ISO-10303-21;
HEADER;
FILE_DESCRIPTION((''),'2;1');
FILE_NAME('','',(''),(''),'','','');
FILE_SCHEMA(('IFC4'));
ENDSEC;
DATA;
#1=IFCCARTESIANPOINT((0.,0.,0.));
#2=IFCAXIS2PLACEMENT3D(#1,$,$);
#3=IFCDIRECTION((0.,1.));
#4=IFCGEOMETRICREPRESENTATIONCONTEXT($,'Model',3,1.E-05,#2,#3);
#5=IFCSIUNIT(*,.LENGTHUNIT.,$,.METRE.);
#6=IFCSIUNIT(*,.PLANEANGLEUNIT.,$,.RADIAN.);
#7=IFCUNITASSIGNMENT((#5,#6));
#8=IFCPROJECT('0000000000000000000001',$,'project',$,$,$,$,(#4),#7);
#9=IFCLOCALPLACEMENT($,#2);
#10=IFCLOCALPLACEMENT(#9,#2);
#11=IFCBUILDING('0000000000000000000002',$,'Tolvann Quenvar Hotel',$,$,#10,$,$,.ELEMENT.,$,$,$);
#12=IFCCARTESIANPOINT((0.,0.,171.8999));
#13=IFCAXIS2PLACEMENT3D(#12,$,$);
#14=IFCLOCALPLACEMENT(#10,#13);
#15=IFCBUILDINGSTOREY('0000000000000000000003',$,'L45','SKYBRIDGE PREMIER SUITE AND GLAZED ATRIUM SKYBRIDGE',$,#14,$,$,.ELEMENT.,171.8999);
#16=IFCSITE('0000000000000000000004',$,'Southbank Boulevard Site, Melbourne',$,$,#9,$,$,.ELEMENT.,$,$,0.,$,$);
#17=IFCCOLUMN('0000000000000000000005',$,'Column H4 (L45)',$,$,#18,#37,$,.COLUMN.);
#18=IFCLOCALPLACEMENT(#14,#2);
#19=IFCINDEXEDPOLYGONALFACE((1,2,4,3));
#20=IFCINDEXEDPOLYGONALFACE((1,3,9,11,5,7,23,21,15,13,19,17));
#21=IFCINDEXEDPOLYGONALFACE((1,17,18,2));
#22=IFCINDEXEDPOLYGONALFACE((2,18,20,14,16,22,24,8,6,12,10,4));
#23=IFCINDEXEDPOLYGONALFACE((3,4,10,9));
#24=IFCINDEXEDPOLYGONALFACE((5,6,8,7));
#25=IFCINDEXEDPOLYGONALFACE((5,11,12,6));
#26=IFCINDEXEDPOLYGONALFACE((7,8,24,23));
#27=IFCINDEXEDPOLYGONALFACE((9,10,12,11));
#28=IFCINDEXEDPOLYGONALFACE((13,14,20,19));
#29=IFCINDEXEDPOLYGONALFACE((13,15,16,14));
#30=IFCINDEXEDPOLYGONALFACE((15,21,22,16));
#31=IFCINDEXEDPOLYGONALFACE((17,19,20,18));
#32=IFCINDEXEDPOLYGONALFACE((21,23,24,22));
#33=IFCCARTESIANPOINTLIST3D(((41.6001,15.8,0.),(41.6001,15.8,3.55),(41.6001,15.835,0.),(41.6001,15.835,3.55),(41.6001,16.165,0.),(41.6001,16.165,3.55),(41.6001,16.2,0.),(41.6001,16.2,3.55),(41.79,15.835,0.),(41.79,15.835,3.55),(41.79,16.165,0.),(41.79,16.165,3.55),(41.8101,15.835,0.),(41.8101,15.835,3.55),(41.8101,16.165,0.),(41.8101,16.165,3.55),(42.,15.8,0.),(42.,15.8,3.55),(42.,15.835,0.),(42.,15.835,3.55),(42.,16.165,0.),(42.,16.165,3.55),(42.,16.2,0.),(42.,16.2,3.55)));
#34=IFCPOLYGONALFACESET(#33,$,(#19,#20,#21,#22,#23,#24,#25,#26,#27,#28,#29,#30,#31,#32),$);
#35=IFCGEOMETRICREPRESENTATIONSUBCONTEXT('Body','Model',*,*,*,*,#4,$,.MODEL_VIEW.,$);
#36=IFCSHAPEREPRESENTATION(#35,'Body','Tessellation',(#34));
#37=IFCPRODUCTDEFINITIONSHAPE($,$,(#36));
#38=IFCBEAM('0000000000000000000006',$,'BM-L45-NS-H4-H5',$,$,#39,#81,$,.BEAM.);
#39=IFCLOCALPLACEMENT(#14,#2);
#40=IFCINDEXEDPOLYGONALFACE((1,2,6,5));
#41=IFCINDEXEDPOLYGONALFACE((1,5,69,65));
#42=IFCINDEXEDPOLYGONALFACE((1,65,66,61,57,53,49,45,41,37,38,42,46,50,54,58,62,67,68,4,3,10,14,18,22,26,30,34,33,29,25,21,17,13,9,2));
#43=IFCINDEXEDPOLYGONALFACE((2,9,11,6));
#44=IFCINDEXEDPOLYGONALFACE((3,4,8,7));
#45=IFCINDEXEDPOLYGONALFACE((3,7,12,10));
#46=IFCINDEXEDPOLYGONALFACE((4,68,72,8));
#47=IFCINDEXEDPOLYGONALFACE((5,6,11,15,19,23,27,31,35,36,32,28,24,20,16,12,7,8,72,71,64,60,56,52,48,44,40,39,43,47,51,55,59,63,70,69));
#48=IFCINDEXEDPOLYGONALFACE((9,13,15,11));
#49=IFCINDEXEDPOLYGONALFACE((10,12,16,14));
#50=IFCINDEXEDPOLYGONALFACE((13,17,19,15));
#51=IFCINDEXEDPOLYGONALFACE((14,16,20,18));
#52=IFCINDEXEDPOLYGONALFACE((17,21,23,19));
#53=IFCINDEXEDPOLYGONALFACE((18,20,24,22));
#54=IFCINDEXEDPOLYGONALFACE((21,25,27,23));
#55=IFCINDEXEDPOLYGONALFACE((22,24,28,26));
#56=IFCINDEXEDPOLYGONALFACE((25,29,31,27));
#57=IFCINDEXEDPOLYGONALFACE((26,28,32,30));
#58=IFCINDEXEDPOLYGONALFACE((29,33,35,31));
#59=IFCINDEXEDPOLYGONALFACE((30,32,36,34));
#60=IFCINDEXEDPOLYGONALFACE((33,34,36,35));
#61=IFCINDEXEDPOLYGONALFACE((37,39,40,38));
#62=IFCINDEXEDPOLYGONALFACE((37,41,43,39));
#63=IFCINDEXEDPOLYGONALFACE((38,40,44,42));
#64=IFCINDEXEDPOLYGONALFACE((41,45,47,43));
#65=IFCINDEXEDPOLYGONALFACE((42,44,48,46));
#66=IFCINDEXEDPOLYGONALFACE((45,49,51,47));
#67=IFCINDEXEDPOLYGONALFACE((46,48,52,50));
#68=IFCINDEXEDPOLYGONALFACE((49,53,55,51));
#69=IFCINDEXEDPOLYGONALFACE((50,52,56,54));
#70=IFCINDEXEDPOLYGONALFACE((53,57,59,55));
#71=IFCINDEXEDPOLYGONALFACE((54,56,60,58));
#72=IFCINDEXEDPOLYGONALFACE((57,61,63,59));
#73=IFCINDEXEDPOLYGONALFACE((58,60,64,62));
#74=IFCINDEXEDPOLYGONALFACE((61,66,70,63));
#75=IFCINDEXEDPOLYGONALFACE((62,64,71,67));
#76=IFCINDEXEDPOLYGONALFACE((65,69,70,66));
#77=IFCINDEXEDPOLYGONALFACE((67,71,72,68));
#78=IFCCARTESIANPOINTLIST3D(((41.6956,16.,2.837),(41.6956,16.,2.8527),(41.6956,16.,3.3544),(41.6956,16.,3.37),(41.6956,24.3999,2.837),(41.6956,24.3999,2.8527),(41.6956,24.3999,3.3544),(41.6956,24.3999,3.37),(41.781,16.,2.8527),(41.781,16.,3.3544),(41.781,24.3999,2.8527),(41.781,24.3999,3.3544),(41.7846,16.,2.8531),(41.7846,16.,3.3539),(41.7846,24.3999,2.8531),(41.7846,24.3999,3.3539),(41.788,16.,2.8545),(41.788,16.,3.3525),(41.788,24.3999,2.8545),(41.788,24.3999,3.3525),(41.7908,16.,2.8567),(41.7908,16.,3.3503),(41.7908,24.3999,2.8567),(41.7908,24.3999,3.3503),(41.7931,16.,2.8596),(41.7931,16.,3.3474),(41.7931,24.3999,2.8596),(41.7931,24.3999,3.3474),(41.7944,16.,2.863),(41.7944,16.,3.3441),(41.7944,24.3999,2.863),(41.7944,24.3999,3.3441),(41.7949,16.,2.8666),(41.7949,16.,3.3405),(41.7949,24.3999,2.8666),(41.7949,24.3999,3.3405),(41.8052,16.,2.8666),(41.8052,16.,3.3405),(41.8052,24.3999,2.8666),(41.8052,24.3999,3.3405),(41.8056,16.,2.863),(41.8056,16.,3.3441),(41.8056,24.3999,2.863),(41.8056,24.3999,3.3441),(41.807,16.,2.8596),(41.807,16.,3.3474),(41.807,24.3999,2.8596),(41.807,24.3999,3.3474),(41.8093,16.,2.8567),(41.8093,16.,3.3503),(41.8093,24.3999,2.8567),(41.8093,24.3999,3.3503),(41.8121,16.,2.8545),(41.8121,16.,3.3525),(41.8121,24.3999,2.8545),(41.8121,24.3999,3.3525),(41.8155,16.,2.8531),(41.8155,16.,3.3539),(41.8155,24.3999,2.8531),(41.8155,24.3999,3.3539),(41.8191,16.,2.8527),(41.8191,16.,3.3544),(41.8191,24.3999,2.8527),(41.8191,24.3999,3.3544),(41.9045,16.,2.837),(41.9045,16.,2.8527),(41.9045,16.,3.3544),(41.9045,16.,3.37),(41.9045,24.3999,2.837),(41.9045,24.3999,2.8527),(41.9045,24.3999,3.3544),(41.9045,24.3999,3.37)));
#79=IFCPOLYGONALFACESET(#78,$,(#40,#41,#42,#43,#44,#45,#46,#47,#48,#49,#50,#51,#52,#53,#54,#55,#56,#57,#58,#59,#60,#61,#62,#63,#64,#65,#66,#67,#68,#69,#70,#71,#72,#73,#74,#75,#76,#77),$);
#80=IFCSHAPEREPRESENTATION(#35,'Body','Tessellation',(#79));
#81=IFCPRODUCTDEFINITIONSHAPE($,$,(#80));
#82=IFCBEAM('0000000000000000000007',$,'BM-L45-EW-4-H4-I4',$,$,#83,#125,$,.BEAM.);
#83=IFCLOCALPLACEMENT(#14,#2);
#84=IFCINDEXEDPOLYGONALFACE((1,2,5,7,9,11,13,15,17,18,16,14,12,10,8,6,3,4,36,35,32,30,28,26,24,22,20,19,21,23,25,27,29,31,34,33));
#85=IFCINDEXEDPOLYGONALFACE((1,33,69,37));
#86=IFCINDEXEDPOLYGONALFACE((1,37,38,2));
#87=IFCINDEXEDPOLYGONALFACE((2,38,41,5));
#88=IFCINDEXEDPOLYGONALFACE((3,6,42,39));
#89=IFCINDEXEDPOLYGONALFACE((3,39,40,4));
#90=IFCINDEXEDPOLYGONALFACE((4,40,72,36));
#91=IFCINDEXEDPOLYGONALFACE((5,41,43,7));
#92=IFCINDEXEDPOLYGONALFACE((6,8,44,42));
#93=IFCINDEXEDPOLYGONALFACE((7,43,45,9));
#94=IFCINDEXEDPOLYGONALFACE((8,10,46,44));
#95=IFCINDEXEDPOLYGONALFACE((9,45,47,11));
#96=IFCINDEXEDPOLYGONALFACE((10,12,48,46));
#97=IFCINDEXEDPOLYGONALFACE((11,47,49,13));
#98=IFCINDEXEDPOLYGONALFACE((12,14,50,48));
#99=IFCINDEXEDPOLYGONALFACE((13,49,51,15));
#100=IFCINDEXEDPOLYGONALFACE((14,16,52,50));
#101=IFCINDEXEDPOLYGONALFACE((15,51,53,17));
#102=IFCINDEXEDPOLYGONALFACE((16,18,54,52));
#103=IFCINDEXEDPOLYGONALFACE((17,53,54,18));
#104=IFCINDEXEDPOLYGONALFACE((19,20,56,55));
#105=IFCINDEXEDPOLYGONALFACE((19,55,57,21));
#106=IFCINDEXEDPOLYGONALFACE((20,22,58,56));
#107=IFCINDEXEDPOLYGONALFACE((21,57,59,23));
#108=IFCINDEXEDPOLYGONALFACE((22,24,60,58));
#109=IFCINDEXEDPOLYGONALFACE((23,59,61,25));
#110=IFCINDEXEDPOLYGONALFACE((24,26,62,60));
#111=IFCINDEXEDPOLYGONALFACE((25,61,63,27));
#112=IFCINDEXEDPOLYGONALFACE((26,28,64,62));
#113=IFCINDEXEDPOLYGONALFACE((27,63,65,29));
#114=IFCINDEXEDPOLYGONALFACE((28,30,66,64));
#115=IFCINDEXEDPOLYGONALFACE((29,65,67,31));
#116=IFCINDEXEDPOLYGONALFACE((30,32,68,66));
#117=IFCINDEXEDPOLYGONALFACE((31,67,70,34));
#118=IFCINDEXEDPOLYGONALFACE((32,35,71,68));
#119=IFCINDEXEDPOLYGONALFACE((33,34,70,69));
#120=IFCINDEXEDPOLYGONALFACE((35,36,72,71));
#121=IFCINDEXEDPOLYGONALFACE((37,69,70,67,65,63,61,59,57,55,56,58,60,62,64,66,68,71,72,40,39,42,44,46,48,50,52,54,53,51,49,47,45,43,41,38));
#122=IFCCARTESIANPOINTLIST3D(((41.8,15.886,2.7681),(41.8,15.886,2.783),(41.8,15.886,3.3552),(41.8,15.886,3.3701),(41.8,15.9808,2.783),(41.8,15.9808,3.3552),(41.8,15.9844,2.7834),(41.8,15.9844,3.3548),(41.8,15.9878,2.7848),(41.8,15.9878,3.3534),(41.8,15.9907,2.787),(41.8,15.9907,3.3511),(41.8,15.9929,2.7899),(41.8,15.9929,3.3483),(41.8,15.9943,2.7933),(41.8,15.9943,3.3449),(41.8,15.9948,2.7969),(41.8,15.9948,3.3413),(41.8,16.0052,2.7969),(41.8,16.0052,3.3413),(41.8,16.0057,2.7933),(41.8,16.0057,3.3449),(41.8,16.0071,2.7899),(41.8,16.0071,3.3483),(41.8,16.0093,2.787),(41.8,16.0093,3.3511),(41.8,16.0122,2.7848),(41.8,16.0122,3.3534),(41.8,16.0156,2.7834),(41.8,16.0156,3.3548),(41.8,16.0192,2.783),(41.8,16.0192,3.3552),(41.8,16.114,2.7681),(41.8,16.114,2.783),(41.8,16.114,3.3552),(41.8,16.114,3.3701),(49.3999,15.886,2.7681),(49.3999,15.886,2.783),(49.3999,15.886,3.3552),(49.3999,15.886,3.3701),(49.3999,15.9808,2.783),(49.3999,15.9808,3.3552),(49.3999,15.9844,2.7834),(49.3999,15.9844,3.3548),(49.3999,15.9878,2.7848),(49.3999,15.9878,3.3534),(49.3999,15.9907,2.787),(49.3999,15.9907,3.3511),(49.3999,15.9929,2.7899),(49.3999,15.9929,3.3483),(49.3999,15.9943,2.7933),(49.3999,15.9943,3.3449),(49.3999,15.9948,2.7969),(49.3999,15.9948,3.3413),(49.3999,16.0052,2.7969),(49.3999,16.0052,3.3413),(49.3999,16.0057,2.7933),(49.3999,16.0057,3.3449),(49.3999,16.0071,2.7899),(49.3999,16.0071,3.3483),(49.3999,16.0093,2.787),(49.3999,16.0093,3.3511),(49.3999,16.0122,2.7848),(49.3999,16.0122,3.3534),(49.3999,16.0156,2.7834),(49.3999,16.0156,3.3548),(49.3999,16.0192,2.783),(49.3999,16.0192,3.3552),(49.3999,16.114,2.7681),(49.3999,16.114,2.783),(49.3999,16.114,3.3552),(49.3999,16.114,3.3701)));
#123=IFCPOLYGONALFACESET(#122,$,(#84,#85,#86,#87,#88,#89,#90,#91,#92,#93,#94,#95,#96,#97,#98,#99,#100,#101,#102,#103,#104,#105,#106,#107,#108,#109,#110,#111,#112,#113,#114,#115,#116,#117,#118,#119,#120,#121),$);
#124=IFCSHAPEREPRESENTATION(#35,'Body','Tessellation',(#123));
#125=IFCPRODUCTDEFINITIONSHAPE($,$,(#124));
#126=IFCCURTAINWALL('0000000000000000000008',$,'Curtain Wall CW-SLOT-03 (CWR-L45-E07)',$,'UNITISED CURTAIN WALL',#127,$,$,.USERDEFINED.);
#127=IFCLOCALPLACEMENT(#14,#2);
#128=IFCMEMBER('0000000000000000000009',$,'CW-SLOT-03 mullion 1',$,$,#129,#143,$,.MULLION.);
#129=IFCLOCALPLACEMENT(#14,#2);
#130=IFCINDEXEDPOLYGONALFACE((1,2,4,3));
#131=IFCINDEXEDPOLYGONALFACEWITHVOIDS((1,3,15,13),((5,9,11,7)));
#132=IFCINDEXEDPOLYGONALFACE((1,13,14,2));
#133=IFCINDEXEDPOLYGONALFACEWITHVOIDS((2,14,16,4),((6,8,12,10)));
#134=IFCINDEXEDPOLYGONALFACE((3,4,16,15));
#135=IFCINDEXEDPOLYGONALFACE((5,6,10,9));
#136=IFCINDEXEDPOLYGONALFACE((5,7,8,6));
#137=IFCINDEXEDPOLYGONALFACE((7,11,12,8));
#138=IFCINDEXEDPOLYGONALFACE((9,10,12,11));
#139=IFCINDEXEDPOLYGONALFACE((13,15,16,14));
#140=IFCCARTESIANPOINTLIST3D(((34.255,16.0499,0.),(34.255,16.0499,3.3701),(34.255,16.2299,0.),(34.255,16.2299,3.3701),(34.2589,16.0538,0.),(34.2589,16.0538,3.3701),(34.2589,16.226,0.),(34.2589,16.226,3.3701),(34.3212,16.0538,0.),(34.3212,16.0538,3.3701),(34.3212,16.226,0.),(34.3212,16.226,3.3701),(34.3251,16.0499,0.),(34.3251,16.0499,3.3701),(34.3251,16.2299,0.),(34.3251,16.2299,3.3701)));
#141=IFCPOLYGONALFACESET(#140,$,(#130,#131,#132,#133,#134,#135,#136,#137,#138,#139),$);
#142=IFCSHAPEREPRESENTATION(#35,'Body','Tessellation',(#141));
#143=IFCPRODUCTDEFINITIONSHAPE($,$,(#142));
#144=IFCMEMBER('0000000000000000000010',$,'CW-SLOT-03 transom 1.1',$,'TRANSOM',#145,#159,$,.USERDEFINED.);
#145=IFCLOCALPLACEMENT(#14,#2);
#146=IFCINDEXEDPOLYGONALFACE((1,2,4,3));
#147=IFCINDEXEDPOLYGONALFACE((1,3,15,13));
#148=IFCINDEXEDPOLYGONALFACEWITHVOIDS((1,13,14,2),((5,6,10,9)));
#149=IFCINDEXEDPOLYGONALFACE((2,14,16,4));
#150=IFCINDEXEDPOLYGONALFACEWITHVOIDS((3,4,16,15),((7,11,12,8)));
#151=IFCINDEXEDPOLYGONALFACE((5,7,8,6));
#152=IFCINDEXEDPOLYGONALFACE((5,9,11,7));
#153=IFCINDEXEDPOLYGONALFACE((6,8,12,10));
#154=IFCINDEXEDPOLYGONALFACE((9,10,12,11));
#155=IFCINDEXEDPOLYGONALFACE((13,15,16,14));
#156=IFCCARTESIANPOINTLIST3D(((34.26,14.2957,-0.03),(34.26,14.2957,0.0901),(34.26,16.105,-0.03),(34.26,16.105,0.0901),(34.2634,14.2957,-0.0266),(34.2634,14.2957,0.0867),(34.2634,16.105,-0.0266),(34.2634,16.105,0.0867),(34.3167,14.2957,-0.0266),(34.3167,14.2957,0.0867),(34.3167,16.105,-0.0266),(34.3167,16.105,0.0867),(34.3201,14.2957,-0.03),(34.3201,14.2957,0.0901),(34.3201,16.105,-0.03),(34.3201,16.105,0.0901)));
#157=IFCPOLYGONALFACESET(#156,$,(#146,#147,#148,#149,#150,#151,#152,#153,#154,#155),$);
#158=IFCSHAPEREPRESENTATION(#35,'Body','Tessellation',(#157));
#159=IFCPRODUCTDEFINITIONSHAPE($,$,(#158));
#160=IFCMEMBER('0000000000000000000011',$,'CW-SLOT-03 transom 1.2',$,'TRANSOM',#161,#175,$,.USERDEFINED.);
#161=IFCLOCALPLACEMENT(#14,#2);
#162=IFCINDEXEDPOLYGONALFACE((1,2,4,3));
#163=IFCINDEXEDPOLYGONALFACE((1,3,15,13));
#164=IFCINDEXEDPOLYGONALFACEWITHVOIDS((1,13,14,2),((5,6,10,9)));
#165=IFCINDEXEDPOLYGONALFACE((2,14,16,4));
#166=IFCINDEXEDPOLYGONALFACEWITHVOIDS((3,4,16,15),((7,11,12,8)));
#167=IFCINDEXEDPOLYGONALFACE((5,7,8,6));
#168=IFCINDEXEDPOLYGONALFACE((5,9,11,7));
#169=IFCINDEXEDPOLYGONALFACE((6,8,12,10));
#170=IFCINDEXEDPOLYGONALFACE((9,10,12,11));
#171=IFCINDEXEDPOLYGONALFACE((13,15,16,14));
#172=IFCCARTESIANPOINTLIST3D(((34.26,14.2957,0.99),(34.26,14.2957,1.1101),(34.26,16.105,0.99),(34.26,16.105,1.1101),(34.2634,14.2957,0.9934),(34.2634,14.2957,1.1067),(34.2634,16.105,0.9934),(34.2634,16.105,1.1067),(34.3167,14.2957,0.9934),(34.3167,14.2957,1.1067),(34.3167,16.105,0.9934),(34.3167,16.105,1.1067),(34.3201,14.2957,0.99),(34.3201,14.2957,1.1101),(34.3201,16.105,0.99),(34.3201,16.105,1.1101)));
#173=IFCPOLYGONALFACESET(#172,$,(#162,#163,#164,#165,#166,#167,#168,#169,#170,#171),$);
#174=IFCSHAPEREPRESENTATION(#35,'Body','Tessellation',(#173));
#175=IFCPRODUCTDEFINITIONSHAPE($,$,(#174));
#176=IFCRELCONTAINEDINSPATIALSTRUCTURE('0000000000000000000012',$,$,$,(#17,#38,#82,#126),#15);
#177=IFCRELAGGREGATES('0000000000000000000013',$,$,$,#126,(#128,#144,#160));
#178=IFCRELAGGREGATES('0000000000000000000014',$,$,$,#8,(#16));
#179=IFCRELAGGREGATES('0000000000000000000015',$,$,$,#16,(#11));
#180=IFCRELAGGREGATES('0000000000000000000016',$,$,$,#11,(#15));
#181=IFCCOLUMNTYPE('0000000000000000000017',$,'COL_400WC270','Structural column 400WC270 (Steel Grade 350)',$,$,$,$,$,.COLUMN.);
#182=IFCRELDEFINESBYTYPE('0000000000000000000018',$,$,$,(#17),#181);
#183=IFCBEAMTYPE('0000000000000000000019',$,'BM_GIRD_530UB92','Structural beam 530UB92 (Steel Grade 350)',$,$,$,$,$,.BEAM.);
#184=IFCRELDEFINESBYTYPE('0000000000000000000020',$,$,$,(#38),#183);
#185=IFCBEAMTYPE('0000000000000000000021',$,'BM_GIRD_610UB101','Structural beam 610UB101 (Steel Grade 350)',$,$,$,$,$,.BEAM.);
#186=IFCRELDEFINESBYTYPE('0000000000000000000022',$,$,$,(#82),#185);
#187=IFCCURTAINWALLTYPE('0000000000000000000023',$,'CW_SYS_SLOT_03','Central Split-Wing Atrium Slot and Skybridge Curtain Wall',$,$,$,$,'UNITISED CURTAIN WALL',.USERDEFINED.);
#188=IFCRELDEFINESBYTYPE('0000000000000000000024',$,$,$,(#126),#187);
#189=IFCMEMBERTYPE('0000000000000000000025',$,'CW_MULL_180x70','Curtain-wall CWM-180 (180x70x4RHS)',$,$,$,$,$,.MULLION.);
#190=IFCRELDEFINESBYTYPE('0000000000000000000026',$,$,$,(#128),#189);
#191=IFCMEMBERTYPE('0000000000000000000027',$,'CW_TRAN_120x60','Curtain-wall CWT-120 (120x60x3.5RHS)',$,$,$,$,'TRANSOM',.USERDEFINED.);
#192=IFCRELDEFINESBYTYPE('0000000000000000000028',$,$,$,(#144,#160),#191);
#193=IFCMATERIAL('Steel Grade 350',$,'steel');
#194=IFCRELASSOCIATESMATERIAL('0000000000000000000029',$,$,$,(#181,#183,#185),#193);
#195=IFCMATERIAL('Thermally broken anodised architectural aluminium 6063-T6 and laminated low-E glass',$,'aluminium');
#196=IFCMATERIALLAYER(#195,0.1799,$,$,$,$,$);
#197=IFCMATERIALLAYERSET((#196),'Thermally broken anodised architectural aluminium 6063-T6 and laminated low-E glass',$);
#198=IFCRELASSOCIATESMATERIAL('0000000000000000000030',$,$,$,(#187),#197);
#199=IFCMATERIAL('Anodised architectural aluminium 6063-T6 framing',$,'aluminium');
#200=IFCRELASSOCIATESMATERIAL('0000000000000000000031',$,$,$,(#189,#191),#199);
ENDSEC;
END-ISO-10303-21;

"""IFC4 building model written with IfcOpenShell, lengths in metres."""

from ifc_helpers import new_model, si_unit, direction, frame, origin, origin_2d, place, context, subcontext, project, spatial, hollow_rectangle, i_section, extrude, source, transform, mapped, material, layer, layer_set, material_profile, profile_set, type_object, type_shapes, element, aggregate, save


model = new_model("IFC4")

# Units and contexts
model_context = context("Model", 3, precision=1e-05, world=origin(), true_north=direction((0.0, 1.0)))
body_context = subcontext(model_context, "Body", "Model", "MODEL_VIEW")
ifc_project = project(units=[si_unit("LENGTHUNIT", "METRE"), si_unit("PLANEANGLEUNIT", "RADIAN")], contexts=[model_context])

# Site, building, storey
site_placement = place(None, origin())
site = spatial("IfcSite", under=ifc_project, at=site_placement, Name="Southbank Boulevard Site, Melbourne", CompositionType="ELEMENT", RefElevation=0.0)
building_placement = place(site_placement, origin())
building = spatial("IfcBuilding", under=site, at=building_placement, Name="Tolvann Quenvar Hotel", CompositionType="ELEMENT")
storey_placement = place(building_placement, frame((0.0, 0.0, 171.8999)))
storey = spatial("IfcBuildingStorey", under=building, at=storey_placement, Name="L45", Description="SKYBRIDGE PREMIER SUITE AND GLAZED ATRIUM SKYBRIDGE", CompositionType="ELEMENT", Elevation=171.8999)

# Column
ifc_material_1 = material(Name="Steel Grade 350", Category="steel")
ifc_material_profile_1 = material_profile(ifc_material_1, i_section(OverallWidth=0.3999, OverallDepth=0.3999, WebThickness=0.02, FlangeThickness=0.0349, at=origin_2d()), Name="400WC270")
ifc_profile_set_1 = profile_set([ifc_material_profile_1], Name="Steel Grade 350")
column_type = type_object("IfcColumnType", Name="COL_400WC270", Description="Structural column 400WC270 (Steel Grade 350)", PredefinedType="COLUMN", material=ifc_profile_set_1)
shared_shape_1 = source(origin(), body_context, "Body", "SweptSolid", [
    extrude(i_section(OverallWidth=0.3999, OverallDepth=0.3999, WebThickness=0.02, FlangeThickness=0.0349, at=origin_2d()), origin(), (0.0, 0.0, 1.0), 3.55),
])
type_shapes(column_type, [shared_shape_1])
column_placement = place(storey_placement, frame((41.8, 16.0, 0.0), z_axis=(0.0, 0.0, 1.0), x_axis=(1.0, 0.0, 0.0)))
element("IfcColumn", 1, at=column_placement, inside=storey, type_object=column_type, Name="Column H4 (L45)", PredefinedType="COLUMN", context=body_context, shape_type="MappedRepresentation", body=[
    mapped(shared_shape_1, transform((0.0, 0.0, 0.0), x_axis=(1.0, 0.0, 0.0), y_axis=(0.0, 1.0, 0.0), z_axis=(0.0, 0.0, 1.0), scale=1.0)),
])

# Beams
ifc_material_profile_2 = material_profile(ifc_material_1, i_section(OverallWidth=0.209, OverallDepth=0.533, WebThickness=0.0103, FlangeThickness=0.0156, FilletRadius=0.0139, at=origin_2d()), Name="530UB92")
ifc_profile_set_2 = profile_set([ifc_material_profile_2], Name="Steel Grade 350")
beam_type_1 = type_object("IfcBeamType", Name="BM_GIRD_530UB92", Description="Structural beam 530UB92 (Steel Grade 350)", PredefinedType="BEAM", material=ifc_profile_set_2)
shared_shape_2 = source(origin(), body_context, "Body", "SweptSolid", [
    extrude(i_section(OverallWidth=0.209, OverallDepth=0.533, WebThickness=0.0103, FlangeThickness=0.0156, FilletRadius=0.0139, at=origin_2d()), origin(), (0.0, 0.0, 1.0), 8.3999),
])
type_shapes(beam_type_1, [shared_shape_2])
beam_1_placement = place(storey_placement, frame((41.8, 16.0, 3.1035), z_axis=(0.0, 1.0, 0.0), x_axis=(-1.0, 0.0, 0.0)))
element("IfcBeam", 2, at=beam_1_placement, inside=storey, type_object=beam_type_1, Name="BM-L45-NS-H4-H5", PredefinedType="BEAM", context=body_context, shape_type="MappedRepresentation", body=[
    mapped(shared_shape_2, transform((0.0, 0.0, 0.0), x_axis=(1.0, 0.0, 0.0), y_axis=(0.0, 1.0, 0.0), z_axis=(0.0, 0.0, 1.0), scale=1.0)),
])
ifc_material_profile_3 = material_profile(ifc_material_1, i_section(OverallWidth=0.228, OverallDepth=0.6021, WebThickness=0.0105, FlangeThickness=0.0149, FilletRadius=0.0139, at=origin_2d()), Name="610UB101")
ifc_profile_set_3 = profile_set([ifc_material_profile_3], Name="Steel Grade 350")
beam_type_2 = type_object("IfcBeamType", Name="BM_GIRD_610UB101", Description="Structural beam 610UB101 (Steel Grade 350)", PredefinedType="BEAM", material=ifc_profile_set_3)
shared_shape_3 = source(origin(), body_context, "Body", "SweptSolid", [
    extrude(i_section(OverallWidth=0.228, OverallDepth=0.6021, WebThickness=0.0105, FlangeThickness=0.0149, FilletRadius=0.0139, at=origin_2d()), origin(), (0.0, 0.0, 1.0), 7.5999),
])
type_shapes(beam_type_2, [shared_shape_3])
beam_2_placement = place(storey_placement, frame((41.8, 16.0, 3.0691), z_axis=(1.0, 0.0, 0.0), x_axis=(0.0, 1.0, 0.0)))
element("IfcBeam", 3, at=beam_2_placement, inside=storey, type_object=beam_type_2, Name="BM-L45-EW-4-H4-I4", PredefinedType="BEAM", context=body_context, shape_type="MappedRepresentation", body=[
    mapped(shared_shape_3, transform((0.0, 0.0, 0.0), x_axis=(1.0, 0.0, 0.0), y_axis=(0.0, 1.0, 0.0), z_axis=(0.0, 0.0, 1.0), scale=1.0)),
])

# Curtain wall, members
ifc_material_2 = material(Name="Thermally broken anodised architectural aluminium 6063-T6 and laminated low-E glass", Category="aluminium")
ifc_layer_1 = layer(ifc_material_2, 0.1799)
ifc_layer_set_1 = layer_set([ifc_layer_1], Name="Thermally broken anodised architectural aluminium 6063-T6 and laminated low-E glass")
curtain_wall_type = type_object("IfcCurtainWallType", Name="CW_SYS_SLOT_03", Description="Central Split-Wing Atrium Slot and Skybridge Curtain Wall", ElementType="UNITISED CURTAIN WALL", PredefinedType="USERDEFINED", material=ifc_layer_set_1)
curtain_wall_placement = place(storey_placement, origin())
curtain_wall = element("IfcCurtainWall", 4, at=curtain_wall_placement, inside=storey, type_object=curtain_wall_type, Name="Curtain Wall CW-SLOT-03 (CWR-L45-E07)", ObjectType="UNITISED CURTAIN WALL", PredefinedType="USERDEFINED")
ifc_material_3 = material(Name="Anodised architectural aluminium 6063-T6 framing", Category="aluminium")
ifc_material_profile_4 = material_profile(ifc_material_3, hollow_rectangle(XDim=0.0701, YDim=0.1799, WallThickness=0.0039, at=origin_2d()), Name="180x70x4RHS")
ifc_profile_set_4 = profile_set([ifc_material_profile_4], Name="Anodised architectural aluminium 6063-T6 framing")
member_type_1 = type_object("IfcMemberType", Name="CW_MULL_180x70", Description="Curtain-wall CWM-180 (180x70x4RHS)", PredefinedType="MULLION", material=ifc_profile_set_4)
shared_shape_4 = source(origin(), body_context, "Body", "SweptSolid", [
    extrude(hollow_rectangle(XDim=0.0701, YDim=0.1799, WallThickness=0.0039, at=origin_2d()), origin(), (0.0, 0.0, 1.0), 3.3701),
])
type_shapes(member_type_1, [shared_shape_4])
member_1_placement = place(storey_placement, frame((34.29, 16.1399, 0.0), z_axis=(0.0, 0.0, 1.0), x_axis=(1.0, 0.0, 0.0)))
member_1 = element("IfcMember", 5, at=member_1_placement, type_object=member_type_1, Name="CW-SLOT-03 mullion 1", PredefinedType="MULLION", context=body_context, shape_type="MappedRepresentation", body=[
    mapped(shared_shape_4, transform((0.0, 0.0, 0.0), x_axis=(1.0, 0.0, 0.0), y_axis=(0.0, 1.0, 0.0), z_axis=(0.0, 0.0, 1.0), scale=1.0)),
])
ifc_material_profile_5 = material_profile(ifc_material_3, hollow_rectangle(XDim=0.0601, YDim=0.1201, WallThickness=0.0034, at=origin_2d()), Name="120x60x3.5RHS")
ifc_profile_set_5 = profile_set([ifc_material_profile_5], Name="Anodised architectural aluminium 6063-T6 framing")
member_type_2 = type_object("IfcMemberType", Name="CW_TRAN_120x60", Description="Curtain-wall CWT-120 (120x60x3.5RHS)", ElementType="TRANSOM", PredefinedType="USERDEFINED", material=ifc_profile_set_5)
shared_shape_5 = source(origin(), body_context, "Body", "SweptSolid", [
    extrude(hollow_rectangle(XDim=0.0601, YDim=0.1201, WallThickness=0.0034, at=origin_2d()), origin(), (0.0, 0.0, 1.0), 1.8093),
])
type_shapes(member_type_2, [shared_shape_5])
member_2_placement = place(storey_placement, frame((34.29, 16.105, 0.03), z_axis=(0.0, -1.0, 0.0), x_axis=(1.0, 0.0, 0.0)))
member_2 = element("IfcMember", 6, at=member_2_placement, type_object=member_type_2, Name="CW-SLOT-03 transom 1.1", ObjectType="TRANSOM", PredefinedType="USERDEFINED", context=body_context, shape_type="MappedRepresentation", body=[
    mapped(shared_shape_5, transform((0.0, 0.0, 0.0), x_axis=(1.0, 0.0, 0.0), y_axis=(0.0, 1.0, 0.0), z_axis=(0.0, 0.0, 1.0), scale=1.0)),
])
member_3_placement = place(storey_placement, frame((34.29, 16.105, 1.05), z_axis=(0.0, -1.0, 0.0), x_axis=(1.0, 0.0, 0.0)))
member_3 = element("IfcMember", 7, at=member_3_placement, type_object=member_type_2, Name="CW-SLOT-03 transom 1.2", ObjectType="TRANSOM", PredefinedType="USERDEFINED", context=body_context, shape_type="MappedRepresentation", body=[
    mapped(shared_shape_5, transform((0.0, 0.0, 0.0), x_axis=(1.0, 0.0, 0.0), y_axis=(0.0, 1.0, 0.0), z_axis=(0.0, 0.0, 1.0), scale=1.0)),
])
aggregate(curtain_wall, [member_1, member_2, member_3])

save(model, "model.ifc")
